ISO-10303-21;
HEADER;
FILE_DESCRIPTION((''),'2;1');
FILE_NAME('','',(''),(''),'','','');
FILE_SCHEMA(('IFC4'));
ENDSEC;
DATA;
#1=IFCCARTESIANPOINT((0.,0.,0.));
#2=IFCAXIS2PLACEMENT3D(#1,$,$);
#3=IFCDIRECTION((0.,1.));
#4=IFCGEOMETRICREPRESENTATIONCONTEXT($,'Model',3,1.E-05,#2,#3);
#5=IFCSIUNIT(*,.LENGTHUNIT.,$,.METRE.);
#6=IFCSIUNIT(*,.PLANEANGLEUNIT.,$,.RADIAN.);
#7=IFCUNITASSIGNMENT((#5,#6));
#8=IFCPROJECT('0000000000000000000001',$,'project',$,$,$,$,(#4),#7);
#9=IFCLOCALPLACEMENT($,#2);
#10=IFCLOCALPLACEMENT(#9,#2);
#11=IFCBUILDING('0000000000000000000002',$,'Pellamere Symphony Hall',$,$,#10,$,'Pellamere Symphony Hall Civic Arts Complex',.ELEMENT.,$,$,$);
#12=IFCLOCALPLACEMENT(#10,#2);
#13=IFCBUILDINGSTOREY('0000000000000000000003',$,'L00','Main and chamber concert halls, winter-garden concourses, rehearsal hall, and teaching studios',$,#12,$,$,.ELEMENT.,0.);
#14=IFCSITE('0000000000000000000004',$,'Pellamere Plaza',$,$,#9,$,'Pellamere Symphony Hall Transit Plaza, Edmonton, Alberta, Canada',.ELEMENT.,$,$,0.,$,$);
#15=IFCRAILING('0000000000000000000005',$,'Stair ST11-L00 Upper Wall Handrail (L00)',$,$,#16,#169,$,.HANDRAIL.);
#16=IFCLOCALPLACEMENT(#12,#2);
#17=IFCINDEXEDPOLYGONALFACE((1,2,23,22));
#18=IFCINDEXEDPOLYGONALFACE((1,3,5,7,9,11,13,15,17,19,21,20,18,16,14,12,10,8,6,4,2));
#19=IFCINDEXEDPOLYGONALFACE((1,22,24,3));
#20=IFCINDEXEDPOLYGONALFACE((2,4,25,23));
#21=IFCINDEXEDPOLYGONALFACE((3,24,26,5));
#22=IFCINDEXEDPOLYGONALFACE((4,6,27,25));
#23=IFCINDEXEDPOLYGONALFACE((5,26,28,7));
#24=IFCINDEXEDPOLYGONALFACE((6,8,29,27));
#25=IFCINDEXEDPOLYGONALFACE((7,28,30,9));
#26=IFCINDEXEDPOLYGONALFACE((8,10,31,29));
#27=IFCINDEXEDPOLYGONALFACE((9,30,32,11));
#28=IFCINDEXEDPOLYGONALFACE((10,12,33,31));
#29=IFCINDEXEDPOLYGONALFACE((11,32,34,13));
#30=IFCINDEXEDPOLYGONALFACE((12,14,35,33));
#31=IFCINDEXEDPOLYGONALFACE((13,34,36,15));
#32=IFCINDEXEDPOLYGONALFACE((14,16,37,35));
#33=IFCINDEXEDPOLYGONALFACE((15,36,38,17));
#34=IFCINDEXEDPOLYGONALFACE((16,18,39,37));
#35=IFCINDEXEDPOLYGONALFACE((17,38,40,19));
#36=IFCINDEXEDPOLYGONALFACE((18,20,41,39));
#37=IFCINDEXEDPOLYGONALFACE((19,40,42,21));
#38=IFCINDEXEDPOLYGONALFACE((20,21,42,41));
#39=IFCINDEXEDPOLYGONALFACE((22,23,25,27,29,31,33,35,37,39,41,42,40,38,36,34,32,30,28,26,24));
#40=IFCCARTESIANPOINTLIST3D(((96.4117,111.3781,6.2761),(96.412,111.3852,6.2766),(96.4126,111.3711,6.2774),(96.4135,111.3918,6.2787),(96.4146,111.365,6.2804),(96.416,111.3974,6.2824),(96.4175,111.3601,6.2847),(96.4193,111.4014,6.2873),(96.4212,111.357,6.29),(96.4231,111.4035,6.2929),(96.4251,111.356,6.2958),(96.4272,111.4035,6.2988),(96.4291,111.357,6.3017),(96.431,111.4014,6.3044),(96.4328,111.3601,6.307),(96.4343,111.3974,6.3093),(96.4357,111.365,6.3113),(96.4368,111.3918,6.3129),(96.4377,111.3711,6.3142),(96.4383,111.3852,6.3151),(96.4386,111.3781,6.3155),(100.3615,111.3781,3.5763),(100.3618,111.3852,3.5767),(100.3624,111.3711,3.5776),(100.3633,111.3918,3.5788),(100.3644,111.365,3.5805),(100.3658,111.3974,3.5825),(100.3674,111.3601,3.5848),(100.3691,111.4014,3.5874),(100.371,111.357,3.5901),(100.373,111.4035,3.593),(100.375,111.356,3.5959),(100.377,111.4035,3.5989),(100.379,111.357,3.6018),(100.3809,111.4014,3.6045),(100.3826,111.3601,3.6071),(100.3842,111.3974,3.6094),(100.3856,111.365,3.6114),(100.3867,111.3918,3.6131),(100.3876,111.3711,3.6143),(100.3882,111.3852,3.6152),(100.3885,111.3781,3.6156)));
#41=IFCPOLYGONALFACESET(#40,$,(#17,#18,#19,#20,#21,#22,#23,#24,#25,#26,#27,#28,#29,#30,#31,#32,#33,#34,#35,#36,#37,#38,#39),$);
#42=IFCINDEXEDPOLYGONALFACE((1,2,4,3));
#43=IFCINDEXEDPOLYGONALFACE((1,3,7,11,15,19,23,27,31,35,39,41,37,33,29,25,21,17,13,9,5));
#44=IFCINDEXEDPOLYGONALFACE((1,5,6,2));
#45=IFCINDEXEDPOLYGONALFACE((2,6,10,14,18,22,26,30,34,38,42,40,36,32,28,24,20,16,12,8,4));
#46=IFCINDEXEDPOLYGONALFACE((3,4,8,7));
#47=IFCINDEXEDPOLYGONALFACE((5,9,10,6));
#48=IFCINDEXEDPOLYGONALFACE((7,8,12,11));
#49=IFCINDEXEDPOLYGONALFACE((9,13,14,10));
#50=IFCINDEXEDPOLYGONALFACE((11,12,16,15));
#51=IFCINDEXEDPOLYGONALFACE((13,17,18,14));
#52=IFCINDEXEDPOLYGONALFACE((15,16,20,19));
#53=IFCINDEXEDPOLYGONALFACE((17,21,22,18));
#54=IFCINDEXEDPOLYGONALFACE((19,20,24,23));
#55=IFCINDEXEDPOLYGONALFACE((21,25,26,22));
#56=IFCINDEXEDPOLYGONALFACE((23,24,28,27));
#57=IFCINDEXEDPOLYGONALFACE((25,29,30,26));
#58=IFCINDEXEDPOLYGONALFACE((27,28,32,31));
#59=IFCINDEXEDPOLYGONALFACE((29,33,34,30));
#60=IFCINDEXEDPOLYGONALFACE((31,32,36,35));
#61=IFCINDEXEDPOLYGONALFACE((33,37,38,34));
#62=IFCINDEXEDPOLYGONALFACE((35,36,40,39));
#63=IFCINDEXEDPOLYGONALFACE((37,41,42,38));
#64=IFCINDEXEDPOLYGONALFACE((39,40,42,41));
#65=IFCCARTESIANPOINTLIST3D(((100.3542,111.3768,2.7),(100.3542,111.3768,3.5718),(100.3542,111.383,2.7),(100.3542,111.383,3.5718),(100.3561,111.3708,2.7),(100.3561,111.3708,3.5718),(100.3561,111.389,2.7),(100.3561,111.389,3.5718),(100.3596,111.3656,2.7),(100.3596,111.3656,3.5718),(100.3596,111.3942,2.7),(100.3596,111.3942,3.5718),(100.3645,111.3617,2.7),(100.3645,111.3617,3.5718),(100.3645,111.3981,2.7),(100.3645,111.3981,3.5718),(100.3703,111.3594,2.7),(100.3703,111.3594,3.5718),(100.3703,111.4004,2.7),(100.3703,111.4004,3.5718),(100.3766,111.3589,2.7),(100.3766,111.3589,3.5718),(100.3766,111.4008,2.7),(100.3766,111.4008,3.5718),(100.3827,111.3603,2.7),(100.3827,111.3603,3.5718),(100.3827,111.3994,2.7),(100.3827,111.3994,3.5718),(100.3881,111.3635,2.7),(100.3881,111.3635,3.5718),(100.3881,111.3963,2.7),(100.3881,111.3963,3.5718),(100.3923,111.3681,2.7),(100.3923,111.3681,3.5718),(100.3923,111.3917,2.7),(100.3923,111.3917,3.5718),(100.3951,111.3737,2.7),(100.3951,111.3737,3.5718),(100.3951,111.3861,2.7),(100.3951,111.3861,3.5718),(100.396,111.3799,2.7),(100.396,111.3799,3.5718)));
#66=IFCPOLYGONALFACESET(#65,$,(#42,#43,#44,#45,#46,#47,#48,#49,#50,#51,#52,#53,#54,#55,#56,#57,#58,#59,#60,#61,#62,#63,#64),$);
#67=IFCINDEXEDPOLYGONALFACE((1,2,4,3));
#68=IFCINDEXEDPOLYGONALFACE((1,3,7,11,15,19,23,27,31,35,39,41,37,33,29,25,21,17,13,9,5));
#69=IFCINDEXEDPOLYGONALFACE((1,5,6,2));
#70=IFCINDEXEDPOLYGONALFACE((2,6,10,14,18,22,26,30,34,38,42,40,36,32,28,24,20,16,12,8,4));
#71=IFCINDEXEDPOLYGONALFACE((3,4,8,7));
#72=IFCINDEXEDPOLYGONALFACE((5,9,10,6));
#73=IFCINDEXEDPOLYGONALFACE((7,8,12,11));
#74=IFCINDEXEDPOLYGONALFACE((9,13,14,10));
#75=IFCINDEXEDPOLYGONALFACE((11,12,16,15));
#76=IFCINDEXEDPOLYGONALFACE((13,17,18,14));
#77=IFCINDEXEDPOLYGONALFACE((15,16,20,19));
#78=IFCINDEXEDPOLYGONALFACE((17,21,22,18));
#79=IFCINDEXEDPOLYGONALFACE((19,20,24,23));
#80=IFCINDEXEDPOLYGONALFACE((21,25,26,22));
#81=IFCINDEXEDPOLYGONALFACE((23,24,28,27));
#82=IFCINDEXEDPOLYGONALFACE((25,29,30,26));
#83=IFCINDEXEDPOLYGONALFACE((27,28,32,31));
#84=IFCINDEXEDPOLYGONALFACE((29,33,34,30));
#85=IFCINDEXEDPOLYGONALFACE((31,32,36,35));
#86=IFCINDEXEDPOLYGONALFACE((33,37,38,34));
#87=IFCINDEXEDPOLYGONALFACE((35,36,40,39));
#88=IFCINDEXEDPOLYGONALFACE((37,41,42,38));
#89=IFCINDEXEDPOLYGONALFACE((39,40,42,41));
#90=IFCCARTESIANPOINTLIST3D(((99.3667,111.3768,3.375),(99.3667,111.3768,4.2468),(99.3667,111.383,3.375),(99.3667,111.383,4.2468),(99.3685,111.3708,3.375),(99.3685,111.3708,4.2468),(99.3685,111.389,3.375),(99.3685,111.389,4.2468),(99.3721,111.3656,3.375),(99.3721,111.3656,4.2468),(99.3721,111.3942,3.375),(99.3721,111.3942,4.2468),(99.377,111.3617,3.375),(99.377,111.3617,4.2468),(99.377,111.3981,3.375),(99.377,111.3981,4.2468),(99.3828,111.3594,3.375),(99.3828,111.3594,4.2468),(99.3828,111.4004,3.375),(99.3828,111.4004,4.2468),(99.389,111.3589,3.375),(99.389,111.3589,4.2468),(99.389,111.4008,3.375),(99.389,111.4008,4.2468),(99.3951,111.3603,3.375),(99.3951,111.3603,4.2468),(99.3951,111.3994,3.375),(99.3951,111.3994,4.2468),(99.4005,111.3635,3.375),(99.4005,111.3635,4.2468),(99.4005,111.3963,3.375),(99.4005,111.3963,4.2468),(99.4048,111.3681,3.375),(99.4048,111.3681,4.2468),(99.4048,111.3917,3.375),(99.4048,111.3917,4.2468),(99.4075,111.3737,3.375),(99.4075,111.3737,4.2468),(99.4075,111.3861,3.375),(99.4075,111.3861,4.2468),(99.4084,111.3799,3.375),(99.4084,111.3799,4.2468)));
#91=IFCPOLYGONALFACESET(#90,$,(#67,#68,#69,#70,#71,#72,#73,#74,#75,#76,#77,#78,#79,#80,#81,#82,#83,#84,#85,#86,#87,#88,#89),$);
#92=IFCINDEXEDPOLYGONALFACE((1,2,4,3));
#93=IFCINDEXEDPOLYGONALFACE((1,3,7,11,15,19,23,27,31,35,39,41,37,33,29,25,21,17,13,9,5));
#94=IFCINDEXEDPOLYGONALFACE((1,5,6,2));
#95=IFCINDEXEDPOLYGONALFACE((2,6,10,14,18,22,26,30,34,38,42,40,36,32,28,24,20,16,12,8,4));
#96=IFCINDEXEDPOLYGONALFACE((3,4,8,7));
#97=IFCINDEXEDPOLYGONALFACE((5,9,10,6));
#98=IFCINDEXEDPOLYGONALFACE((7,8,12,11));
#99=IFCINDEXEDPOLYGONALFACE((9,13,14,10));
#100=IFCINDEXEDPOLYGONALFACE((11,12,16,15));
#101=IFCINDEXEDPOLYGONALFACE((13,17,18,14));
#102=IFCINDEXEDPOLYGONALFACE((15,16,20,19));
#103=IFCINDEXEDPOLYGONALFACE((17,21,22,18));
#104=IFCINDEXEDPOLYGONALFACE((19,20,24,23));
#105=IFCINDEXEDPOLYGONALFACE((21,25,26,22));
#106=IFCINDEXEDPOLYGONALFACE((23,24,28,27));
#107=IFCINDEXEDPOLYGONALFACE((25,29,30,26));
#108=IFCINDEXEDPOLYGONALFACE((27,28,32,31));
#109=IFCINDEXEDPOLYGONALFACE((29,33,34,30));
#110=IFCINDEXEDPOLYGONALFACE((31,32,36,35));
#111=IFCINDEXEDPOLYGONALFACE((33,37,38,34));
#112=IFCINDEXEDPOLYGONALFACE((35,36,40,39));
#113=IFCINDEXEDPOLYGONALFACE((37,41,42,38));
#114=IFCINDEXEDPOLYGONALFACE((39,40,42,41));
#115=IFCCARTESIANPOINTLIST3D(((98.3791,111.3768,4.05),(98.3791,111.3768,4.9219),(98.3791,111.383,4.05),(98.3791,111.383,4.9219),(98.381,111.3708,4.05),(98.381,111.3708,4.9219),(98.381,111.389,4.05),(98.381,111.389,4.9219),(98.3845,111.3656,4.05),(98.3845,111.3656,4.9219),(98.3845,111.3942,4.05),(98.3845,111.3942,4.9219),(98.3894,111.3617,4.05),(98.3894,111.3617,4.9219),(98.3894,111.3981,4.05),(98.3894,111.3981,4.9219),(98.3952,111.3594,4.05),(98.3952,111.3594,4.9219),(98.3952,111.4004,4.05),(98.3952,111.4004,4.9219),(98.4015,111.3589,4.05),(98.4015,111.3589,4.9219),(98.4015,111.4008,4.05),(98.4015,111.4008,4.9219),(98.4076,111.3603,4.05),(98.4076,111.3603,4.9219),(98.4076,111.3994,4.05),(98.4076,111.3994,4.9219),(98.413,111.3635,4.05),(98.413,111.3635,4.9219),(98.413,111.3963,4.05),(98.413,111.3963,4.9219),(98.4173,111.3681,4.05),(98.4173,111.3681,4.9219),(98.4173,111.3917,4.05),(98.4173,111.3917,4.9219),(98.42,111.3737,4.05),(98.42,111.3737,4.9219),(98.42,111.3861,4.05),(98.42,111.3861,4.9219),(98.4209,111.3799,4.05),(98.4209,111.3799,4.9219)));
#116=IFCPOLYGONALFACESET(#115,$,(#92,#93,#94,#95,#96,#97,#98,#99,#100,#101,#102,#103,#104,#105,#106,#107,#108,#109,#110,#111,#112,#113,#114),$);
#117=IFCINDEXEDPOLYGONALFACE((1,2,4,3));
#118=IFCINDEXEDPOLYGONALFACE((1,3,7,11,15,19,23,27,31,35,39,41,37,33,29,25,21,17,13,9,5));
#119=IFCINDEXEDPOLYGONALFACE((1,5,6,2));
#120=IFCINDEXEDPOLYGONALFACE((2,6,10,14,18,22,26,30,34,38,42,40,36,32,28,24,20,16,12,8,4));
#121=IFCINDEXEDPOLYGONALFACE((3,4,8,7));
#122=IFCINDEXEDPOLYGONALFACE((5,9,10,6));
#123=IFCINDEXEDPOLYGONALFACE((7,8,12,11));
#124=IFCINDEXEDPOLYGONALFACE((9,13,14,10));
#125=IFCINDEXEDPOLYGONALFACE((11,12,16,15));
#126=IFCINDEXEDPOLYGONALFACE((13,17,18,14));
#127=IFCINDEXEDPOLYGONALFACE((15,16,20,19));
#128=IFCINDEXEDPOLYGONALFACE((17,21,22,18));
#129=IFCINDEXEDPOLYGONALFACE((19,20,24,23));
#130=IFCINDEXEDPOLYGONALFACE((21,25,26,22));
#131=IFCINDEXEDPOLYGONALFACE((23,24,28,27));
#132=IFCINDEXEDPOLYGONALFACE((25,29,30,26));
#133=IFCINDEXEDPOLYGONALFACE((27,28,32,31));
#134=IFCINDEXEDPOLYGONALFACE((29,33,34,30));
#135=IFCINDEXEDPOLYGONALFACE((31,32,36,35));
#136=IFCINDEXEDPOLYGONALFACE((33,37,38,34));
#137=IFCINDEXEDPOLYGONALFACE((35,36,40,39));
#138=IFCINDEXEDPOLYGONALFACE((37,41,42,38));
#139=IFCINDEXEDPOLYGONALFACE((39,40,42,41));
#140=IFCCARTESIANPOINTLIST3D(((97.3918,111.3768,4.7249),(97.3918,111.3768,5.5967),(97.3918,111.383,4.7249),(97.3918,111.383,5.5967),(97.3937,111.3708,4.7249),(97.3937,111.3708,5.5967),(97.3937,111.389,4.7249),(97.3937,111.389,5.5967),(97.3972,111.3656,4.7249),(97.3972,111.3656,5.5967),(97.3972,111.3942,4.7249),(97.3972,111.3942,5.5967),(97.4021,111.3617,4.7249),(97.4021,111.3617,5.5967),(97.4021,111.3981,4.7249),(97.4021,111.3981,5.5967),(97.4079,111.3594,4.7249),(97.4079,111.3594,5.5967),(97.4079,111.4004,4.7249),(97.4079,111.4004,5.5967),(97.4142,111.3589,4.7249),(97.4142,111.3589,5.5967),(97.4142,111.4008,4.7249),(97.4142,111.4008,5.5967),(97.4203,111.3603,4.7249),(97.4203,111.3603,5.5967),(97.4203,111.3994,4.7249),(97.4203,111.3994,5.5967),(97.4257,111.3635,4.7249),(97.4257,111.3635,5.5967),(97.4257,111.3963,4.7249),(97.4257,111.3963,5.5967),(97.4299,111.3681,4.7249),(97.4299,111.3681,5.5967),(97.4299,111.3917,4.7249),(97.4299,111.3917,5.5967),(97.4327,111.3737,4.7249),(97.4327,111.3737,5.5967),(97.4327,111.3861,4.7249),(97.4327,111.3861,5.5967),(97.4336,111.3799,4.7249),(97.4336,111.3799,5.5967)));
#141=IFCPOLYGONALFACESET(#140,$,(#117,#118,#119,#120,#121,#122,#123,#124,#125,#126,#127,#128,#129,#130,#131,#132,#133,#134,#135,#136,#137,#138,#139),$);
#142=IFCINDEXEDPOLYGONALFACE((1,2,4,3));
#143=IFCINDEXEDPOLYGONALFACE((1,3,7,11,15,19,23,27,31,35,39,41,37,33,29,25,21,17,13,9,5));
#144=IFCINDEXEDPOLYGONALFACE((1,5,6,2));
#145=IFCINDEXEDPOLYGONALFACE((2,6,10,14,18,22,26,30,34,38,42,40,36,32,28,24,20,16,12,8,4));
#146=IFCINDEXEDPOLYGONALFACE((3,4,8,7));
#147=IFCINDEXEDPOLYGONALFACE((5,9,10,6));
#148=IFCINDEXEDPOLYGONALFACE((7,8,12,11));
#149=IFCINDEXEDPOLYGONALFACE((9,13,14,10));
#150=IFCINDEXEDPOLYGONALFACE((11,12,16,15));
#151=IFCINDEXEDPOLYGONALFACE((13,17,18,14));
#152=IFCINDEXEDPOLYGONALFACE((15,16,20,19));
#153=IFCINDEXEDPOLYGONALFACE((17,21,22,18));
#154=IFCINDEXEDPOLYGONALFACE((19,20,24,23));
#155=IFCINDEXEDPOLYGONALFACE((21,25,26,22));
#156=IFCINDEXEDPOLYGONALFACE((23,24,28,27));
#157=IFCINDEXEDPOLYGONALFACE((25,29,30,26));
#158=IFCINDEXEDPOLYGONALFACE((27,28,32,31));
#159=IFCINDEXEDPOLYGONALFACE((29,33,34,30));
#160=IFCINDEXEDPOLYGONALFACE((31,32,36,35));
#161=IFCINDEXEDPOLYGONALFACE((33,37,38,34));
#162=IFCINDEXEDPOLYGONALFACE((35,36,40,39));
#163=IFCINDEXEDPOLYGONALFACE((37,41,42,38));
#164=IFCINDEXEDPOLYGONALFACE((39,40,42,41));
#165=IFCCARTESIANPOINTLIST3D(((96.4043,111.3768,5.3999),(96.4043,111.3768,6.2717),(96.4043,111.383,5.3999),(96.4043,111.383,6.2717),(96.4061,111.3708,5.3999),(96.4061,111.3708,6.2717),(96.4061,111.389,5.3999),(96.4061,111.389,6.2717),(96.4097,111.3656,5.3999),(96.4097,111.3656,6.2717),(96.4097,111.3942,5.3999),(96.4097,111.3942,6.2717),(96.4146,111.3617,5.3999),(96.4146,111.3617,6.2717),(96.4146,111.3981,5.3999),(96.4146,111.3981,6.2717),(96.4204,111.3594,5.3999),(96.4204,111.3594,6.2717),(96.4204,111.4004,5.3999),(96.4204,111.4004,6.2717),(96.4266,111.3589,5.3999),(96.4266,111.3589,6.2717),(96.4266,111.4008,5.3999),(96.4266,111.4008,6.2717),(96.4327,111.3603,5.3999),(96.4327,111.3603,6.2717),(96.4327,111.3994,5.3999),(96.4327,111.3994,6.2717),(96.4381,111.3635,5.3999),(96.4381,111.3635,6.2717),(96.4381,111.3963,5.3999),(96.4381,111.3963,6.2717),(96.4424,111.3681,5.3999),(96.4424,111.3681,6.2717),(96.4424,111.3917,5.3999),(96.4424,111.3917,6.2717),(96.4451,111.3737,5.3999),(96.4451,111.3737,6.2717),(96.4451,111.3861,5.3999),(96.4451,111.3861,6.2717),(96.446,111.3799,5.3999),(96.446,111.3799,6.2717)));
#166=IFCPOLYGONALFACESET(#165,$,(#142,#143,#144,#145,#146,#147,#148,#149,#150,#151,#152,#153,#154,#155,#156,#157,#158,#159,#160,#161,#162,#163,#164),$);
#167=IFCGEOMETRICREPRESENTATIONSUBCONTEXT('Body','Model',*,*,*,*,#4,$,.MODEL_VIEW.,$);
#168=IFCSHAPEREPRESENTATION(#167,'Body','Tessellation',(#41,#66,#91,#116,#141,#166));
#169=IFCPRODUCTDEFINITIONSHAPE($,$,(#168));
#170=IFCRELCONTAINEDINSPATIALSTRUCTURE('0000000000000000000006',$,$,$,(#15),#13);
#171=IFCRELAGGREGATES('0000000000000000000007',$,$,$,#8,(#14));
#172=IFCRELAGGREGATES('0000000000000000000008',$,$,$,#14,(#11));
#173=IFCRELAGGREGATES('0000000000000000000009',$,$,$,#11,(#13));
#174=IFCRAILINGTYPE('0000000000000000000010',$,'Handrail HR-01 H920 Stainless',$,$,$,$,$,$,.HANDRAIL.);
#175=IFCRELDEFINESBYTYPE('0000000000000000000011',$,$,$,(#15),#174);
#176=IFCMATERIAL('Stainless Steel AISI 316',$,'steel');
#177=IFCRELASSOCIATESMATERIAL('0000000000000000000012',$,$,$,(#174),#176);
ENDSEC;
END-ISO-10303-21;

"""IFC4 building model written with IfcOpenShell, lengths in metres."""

from ifc_helpers import new_model, si_unit, direction, frame, origin, origin_2d, place, context, subcontext, project, spatial, circle, extrude, material, type_object, element, save


model = new_model("IFC4")

# Units and contexts
model_context = context("Model", 3, precision=1e-05, world=origin(), true_north=direction((0.0, 1.0)))
body_context = subcontext(model_context, "Body", "Model", "MODEL_VIEW")
ifc_project = project(units=[si_unit("LENGTHUNIT", "METRE"), si_unit("PLANEANGLEUNIT", "RADIAN")], contexts=[model_context])

# Site, building, storey
site_placement = place(None, origin())
site = spatial("IfcSite", under=ifc_project, at=site_placement, Name="Pellamere Plaza", LongName="Pellamere Symphony Hall Transit Plaza, Edmonton, Alberta, Canada", CompositionType="ELEMENT", RefElevation=0.0)
building_placement = place(site_placement, origin())
building = spatial("IfcBuilding", under=site, at=building_placement, Name="Pellamere Symphony Hall", LongName="Pellamere Symphony Hall Civic Arts Complex", CompositionType="ELEMENT")
storey_placement = place(building_placement, origin())
storey = spatial("IfcBuildingStorey", under=building, at=storey_placement, Name="L00", Description="Main and chamber concert halls, winter-garden concourses, rehearsal hall, and teaching studios", CompositionType="ELEMENT", Elevation=0.0)

# Railing
ifc_material_1 = material(Name="Stainless Steel AISI 316", Category="steel")
railing_type = type_object("IfcRailingType", Name="Handrail HR-01 H920 Stainless", PredefinedType="HANDRAIL", material=ifc_material_1)
railing_placement = place(storey_placement, frame((100.375, 111.3799, 2.7)))
element("IfcRailing", 1, at=railing_placement, inside=storey, type_object=railing_type, Name="Stair ST11-L00 Upper Wall Handrail (L00)", PredefinedType="HANDRAIL", context=body_context, shape_type="SweptSolid", body=[
    extrude(circle(Radius=0.0239, at=origin_2d()), frame((0.0, 0.0, 0.896), z_axis=(-0.825565, 0.0, 0.564307), x_axis=(0.0, -1.0, 0.0)), (0.0, 0.0, 1.0), 4.7844),
    extrude(circle(Radius=0.021, at=origin_2d()), origin(), (0.0, 0.0, 1.0), 0.8718),
    extrude(circle(Radius=0.021, at=origin_2d()), frame((-0.9875, 0.0, 0.675)), (0.0, 0.0, 1.0), 0.8718),
    extrude(circle(Radius=0.021, at=origin_2d()), frame((-1.9751, 0.0, 1.3501)), (0.0, 0.0, 1.0), 0.8718),
    extrude(circle(Radius=0.021, at=origin_2d()), frame((-2.9624, 0.0, 2.0249)), (0.0, 0.0, 1.0), 0.8718),
    extrude(circle(Radius=0.021, at=origin_2d()), frame((-3.95, 0.0, 2.7)), (0.0, 0.0, 1.0), 0.8718),
])

save(model, "model.ifc")
